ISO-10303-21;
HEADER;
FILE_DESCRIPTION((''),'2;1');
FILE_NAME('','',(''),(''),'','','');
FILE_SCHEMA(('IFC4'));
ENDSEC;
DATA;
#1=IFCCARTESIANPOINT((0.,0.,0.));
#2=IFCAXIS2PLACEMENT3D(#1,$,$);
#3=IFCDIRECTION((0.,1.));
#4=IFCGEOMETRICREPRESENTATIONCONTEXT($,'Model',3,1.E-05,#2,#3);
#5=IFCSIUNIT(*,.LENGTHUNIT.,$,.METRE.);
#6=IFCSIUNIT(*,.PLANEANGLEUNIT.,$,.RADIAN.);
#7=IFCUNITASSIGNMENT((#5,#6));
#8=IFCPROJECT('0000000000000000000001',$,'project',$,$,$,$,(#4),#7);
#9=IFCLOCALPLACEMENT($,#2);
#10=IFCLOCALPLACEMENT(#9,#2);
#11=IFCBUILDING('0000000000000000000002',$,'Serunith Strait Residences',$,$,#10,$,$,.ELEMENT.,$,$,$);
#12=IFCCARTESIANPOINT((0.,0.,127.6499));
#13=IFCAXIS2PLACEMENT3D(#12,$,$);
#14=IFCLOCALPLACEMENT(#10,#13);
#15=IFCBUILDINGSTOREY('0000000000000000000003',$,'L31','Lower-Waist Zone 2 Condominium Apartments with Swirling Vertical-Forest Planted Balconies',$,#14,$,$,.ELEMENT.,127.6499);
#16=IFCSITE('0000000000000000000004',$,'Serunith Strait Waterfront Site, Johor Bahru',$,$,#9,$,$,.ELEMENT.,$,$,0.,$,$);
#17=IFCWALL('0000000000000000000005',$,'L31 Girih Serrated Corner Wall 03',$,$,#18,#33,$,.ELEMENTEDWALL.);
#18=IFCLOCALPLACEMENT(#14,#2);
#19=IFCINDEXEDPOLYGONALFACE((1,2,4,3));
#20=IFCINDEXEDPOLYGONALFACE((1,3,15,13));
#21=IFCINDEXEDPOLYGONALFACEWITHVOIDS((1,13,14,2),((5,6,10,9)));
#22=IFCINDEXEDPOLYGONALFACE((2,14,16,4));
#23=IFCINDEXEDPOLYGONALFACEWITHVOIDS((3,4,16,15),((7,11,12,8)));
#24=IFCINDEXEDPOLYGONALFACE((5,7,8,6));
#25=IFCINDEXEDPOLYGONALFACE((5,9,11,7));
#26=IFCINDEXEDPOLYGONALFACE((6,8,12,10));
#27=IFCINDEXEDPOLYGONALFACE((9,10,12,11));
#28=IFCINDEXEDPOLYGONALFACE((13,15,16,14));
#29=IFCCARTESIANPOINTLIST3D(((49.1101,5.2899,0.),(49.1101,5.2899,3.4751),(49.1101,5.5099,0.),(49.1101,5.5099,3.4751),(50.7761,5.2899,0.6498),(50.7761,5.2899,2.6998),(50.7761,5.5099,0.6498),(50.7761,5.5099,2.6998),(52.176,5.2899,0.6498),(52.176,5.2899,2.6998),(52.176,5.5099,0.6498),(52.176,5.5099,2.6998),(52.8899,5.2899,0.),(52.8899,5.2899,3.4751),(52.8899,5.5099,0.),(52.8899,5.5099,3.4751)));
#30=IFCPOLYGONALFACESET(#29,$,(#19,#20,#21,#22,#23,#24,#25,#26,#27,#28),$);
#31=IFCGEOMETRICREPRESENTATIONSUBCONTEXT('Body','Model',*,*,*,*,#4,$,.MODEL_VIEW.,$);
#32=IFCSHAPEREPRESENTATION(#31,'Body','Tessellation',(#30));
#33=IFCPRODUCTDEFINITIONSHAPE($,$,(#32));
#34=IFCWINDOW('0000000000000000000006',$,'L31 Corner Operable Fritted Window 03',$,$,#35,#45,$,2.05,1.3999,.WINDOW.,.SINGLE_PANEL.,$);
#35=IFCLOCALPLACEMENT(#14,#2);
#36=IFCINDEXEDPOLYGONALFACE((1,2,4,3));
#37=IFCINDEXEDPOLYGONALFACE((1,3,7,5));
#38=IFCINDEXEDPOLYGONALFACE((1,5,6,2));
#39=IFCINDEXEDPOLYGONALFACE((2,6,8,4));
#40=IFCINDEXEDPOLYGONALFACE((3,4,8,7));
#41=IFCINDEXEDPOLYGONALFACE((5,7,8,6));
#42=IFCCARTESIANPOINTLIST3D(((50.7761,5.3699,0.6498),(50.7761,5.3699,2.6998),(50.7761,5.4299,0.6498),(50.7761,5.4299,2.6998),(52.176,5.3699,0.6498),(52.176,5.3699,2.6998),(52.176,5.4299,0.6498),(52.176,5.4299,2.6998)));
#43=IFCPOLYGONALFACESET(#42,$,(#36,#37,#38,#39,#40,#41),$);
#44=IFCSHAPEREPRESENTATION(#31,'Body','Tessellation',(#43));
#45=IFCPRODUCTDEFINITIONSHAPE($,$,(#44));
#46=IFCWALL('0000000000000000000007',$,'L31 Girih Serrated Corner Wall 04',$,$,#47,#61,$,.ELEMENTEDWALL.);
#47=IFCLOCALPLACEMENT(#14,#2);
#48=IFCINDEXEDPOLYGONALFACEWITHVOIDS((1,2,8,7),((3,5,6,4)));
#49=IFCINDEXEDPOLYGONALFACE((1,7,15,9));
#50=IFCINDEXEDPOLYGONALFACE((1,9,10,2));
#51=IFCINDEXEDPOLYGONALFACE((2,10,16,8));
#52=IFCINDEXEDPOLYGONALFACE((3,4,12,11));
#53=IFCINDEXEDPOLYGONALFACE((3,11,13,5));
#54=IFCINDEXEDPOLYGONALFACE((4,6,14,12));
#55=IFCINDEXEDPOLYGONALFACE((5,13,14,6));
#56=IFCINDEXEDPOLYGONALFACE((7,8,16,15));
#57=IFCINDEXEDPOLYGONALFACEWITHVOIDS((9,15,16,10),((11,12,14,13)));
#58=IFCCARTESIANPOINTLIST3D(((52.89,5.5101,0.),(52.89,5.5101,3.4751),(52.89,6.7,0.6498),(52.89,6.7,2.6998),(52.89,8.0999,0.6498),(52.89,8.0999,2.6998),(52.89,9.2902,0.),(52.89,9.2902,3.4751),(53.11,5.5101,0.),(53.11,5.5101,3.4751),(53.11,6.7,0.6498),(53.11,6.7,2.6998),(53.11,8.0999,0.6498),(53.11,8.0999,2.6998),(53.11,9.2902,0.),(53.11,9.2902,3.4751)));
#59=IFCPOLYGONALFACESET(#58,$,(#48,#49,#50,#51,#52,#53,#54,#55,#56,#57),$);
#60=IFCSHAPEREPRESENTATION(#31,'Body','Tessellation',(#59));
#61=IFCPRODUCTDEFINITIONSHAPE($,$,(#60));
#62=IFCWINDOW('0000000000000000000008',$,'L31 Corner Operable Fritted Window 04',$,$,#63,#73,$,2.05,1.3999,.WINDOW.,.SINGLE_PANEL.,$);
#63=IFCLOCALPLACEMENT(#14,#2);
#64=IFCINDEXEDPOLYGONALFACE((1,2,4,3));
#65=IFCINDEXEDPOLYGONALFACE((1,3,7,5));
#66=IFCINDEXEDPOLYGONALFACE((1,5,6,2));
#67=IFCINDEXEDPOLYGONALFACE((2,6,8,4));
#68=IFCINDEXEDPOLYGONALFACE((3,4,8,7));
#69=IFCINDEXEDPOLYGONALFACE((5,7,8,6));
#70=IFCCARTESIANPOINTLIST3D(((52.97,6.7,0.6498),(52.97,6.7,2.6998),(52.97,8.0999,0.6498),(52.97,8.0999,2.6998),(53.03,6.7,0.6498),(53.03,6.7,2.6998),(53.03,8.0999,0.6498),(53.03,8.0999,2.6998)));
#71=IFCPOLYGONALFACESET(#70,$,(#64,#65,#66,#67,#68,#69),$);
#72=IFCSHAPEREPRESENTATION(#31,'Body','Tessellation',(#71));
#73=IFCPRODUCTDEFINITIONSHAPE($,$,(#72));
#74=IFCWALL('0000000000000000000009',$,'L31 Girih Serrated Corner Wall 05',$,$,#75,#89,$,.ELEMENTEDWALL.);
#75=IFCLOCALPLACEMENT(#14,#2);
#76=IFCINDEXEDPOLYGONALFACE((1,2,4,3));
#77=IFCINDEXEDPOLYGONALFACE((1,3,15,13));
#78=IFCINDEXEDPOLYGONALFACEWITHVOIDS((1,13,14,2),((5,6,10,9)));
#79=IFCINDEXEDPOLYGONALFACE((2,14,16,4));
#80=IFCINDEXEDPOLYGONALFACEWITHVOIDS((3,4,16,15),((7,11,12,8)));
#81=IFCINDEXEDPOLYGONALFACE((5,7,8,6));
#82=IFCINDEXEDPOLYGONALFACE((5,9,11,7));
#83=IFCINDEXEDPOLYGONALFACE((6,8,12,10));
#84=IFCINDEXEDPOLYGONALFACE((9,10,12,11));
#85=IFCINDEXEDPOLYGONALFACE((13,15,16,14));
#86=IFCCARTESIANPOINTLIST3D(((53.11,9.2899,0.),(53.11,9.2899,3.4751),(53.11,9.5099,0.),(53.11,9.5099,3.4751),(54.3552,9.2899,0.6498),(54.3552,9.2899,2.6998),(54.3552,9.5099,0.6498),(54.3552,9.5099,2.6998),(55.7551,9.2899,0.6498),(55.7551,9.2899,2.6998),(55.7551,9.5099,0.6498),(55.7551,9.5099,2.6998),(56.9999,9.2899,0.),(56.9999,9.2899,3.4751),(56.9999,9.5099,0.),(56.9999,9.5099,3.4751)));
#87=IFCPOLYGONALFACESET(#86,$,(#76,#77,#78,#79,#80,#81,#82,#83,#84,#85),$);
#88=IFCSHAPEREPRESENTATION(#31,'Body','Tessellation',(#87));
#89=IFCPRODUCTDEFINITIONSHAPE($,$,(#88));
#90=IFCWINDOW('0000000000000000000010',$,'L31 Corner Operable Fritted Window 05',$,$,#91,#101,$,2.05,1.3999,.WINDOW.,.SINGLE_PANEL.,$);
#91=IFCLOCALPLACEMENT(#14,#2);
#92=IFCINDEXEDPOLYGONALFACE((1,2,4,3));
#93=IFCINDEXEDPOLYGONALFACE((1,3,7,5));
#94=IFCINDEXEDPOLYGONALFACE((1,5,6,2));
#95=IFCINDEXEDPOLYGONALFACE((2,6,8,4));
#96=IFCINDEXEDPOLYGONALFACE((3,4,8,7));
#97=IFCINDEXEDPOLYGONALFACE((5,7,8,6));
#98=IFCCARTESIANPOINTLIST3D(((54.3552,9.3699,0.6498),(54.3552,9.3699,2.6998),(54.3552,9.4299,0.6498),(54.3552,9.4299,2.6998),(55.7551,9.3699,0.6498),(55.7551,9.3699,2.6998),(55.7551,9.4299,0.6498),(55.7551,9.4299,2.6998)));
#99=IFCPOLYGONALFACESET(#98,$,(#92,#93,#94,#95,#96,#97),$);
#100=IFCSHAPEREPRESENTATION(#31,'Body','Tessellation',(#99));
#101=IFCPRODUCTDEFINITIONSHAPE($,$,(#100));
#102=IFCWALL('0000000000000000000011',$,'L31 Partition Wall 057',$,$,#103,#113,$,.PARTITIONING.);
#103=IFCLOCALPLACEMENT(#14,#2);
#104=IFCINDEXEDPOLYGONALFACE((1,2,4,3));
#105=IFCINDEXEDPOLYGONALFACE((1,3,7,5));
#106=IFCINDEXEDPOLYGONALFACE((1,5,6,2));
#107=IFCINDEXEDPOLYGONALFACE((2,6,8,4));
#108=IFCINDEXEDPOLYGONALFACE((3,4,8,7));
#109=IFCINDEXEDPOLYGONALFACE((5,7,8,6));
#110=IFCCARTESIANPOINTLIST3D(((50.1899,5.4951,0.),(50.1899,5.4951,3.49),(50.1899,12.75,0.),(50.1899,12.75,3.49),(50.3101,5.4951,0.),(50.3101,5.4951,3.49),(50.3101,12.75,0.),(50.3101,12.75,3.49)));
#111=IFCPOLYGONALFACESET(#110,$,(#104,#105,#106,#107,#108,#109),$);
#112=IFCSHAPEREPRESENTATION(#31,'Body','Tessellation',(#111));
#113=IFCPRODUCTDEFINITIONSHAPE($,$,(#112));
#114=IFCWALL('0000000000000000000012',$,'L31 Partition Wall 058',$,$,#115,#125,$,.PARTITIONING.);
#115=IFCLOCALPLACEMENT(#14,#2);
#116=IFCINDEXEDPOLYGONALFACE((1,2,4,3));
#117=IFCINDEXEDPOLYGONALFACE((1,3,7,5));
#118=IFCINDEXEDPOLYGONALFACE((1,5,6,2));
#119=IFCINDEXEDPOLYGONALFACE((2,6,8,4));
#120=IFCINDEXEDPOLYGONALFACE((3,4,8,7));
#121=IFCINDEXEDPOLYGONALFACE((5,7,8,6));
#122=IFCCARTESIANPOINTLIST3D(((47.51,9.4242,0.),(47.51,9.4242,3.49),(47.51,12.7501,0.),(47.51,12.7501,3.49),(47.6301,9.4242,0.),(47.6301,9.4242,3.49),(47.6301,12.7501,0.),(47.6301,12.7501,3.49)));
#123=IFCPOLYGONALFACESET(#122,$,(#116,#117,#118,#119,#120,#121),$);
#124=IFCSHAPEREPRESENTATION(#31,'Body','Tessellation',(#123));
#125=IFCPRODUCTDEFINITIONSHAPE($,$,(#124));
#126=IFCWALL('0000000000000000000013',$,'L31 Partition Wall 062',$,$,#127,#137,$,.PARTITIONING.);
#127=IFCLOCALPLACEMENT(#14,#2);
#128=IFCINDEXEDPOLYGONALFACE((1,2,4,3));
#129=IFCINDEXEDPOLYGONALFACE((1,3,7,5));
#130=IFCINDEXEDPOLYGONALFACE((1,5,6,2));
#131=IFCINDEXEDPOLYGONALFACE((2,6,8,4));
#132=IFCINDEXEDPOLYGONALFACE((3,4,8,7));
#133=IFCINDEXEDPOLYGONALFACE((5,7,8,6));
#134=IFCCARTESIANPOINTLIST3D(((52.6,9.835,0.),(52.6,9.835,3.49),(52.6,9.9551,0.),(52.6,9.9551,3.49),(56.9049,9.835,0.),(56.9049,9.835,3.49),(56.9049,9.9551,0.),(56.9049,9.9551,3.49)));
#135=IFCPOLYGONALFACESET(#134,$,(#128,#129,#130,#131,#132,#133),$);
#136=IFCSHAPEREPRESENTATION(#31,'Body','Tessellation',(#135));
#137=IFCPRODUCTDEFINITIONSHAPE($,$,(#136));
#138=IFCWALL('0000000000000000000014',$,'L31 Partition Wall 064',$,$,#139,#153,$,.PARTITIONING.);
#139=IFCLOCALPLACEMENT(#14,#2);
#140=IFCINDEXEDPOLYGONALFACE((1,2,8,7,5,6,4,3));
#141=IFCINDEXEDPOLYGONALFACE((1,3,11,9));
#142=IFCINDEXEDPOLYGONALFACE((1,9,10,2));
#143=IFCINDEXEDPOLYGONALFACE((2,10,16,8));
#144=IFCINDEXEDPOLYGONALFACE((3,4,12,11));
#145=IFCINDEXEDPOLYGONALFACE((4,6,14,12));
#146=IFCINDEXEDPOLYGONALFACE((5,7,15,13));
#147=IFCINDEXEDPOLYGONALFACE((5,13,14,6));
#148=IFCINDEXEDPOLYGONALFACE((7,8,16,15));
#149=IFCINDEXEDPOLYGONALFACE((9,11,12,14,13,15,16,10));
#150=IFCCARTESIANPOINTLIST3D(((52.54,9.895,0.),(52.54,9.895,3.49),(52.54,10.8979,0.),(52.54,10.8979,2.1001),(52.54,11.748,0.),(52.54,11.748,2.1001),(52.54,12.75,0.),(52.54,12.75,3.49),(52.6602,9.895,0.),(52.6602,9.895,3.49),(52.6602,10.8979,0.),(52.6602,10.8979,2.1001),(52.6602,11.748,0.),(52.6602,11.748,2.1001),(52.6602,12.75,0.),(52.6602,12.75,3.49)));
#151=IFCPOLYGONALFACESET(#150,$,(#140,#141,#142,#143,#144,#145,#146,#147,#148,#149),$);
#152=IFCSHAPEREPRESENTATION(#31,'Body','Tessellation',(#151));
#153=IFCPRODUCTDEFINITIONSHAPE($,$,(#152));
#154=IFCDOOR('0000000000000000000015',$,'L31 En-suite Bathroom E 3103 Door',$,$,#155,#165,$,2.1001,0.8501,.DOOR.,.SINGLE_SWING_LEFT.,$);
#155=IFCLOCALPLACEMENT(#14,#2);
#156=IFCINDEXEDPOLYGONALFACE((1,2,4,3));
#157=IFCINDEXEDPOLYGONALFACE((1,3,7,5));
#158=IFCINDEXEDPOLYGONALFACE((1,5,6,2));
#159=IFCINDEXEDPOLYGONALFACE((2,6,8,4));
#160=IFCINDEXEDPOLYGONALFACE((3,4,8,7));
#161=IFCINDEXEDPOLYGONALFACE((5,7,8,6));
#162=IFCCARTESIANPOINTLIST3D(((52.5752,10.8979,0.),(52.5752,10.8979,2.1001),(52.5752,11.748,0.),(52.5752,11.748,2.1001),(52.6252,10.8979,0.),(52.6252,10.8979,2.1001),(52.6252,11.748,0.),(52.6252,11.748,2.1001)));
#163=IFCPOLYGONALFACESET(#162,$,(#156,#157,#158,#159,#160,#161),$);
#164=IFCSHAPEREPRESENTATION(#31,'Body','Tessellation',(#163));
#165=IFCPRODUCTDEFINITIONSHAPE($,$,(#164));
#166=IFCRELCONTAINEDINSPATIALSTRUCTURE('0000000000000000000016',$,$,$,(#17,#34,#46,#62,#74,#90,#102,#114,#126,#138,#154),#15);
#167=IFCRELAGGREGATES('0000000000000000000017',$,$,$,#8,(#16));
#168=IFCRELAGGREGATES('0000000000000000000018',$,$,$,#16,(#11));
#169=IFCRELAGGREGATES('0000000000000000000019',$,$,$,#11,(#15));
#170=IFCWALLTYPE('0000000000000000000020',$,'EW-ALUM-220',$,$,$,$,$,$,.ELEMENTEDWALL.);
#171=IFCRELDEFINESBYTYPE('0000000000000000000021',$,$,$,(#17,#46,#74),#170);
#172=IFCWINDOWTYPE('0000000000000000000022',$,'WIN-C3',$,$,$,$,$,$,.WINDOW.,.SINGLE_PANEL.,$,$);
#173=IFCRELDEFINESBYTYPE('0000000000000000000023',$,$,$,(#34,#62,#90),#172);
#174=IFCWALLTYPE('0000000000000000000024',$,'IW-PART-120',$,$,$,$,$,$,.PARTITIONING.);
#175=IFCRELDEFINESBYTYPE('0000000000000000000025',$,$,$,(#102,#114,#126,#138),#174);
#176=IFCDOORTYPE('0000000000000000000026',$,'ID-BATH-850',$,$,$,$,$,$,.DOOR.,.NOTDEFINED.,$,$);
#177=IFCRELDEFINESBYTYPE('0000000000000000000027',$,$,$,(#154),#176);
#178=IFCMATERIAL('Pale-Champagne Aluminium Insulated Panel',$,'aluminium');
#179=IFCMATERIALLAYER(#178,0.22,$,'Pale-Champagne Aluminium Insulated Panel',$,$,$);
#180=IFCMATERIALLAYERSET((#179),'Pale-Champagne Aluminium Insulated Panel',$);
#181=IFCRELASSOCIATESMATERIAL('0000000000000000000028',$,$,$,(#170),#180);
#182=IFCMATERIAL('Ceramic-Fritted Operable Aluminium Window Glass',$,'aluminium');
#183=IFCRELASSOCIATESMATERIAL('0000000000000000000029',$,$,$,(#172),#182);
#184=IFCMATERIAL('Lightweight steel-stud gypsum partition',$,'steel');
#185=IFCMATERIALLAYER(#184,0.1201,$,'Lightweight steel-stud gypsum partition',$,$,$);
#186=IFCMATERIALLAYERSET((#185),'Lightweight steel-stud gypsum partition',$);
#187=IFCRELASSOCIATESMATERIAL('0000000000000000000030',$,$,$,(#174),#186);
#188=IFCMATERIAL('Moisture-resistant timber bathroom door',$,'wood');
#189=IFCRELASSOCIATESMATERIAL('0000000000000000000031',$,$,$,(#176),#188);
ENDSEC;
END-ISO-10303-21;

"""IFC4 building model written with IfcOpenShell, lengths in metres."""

from ifc_helpers import new_model, si_unit, direction, frame, frame_2d, origin, place, context, subcontext, project, spatial, rectangle, extrude, source, transform, mapped, material, layer, layer_set, type_object, element, fill, save


model = new_model("IFC4")

# Units and contexts
model_context = context("Model", 3, precision=1e-05, world=origin(), true_north=direction((0.0, 1.0)))
body_context = subcontext(model_context, "Body", "Model", "MODEL_VIEW")
ifc_project = project(units=[si_unit("LENGTHUNIT", "METRE"), si_unit("PLANEANGLEUNIT", "RADIAN")], contexts=[model_context])

# Site, building, storey
site_placement = place(None, origin())
site = spatial("IfcSite", under=ifc_project, at=site_placement, Name="Serunith Strait Waterfront Site, Johor Bahru", CompositionType="ELEMENT", RefElevation=0.0)
building_placement = place(site_placement, origin())
building = spatial("IfcBuilding", under=site, at=building_placement, Name="Serunith Strait Residences", CompositionType="ELEMENT")
storey_placement = place(building_placement, frame((0.0, 0.0, 127.6499)))
storey = spatial("IfcBuildingStorey", under=building, at=storey_placement, Name="L31", Description="Lower-Waist Zone 2 Condominium Apartments with Swirling Vertical-Forest Planted Balconies", CompositionType="ELEMENT", Elevation=127.6499)

# Walls, openings, windows
ifc_material_1 = material(Name="Pale-Champagne Aluminium Insulated Panel", Category="aluminium")
ifc_layer_1 = layer(ifc_material_1, 0.22, Name="Pale-Champagne Aluminium Insulated Panel")
ifc_layer_set_1 = layer_set([ifc_layer_1], Name="Pale-Champagne Aluminium Insulated Panel")
wall_type_1 = type_object("IfcWallType", Name="EW-ALUM-220", PredefinedType="ELEMENTEDWALL", material=ifc_layer_set_1)
ifc_material_2 = material(Name="Ceramic-Fritted Operable Aluminium Window Glass", Category="aluminium")
window_type = type_object("IfcWindowType", Name="WIN-C3", PartitioningType="SINGLE_PANEL", PredefinedType="WINDOW", material=ifc_material_2)
shared_shape_1 = source(origin(), body_context, "Body", "SweptSolid", [
    extrude(rectangle(XDim=1.3999, YDim=2.05, at=frame_2d((0.7, 1.0249))), frame((0.0, 0.03, 0.0), z_axis=(0.0, -1.0, 0.0), x_axis=(1.0, 0.0, 0.0)), (0.0, 0.0, 1.0), 0.0601),
])
wall_1_placement = place(storey_placement, frame((49.1101, 5.3999, 0.0), z_axis=(0.0, 0.0, 1.0), x_axis=(1.0, 0.0, 0.0)))
wall_1 = element("IfcWall", 1, at=wall_1_placement, inside=storey, type_object=wall_type_1, Name="L31 Girih Serrated Corner Wall 03", PredefinedType="ELEMENTEDWALL", context=body_context, shape_type="SweptSolid", body=[
    extrude(rectangle(XDim=3.7798, YDim=0.22, at=frame_2d((1.8899, 0.0))), origin(), (0.0, 0.0, 1.0), 3.4751),
])
opening_1_placement = place(wall_1_placement, frame((1.666, 0.0, 0.6499)))
opening_1 = element("IfcOpeningElement", 2, at=opening_1_placement, cuts=wall_1, PredefinedType="OPENING", context=body_context, shape_type="SweptSolid", body=[
    extrude(rectangle(XDim=1.3999, YDim=2.05, at=frame_2d((0.7, 1.0249))), frame((0.0, 0.1201, 0.0), z_axis=(0.0, -1.0, 0.0), x_axis=(1.0, 0.0, 0.0)), (0.0, 0.0, 1.0), 0.24),
])
window_1_placement = place(opening_1_placement, origin())
window_1 = element("IfcWindow", 3, at=window_1_placement, inside=storey, type_object=window_type, Name="L31 Corner Operable Fritted Window 03", OverallHeight=2.05, OverallWidth=1.3999, PartitioningType="SINGLE_PANEL", PredefinedType="WINDOW", context=body_context, shape_type="MappedRepresentation", body=[
    mapped(shared_shape_1, transform((0.0, 0.0, 0.0), scale=1.0)),
])
fill(opening_1, window_1)
wall_2_placement = place(storey_placement, frame((53.0, 5.51, 0.0), z_axis=(0.0, 0.0, 1.0), x_axis=(0.0, 1.0, 0.0)))
wall_2 = element("IfcWall", 4, at=wall_2_placement, inside=storey, type_object=wall_type_1, Name="L31 Girih Serrated Corner Wall 04", PredefinedType="ELEMENTEDWALL", context=body_context, shape_type="SweptSolid", body=[
    extrude(rectangle(XDim=3.78, YDim=0.22, at=frame_2d((1.8901, 0.0))), origin(), (0.0, 0.0, 1.0), 3.4751),
])
opening_2_placement = place(wall_2_placement, frame((1.1899, 0.0, 0.6499)))
opening_2 = element("IfcOpeningElement", 5, at=opening_2_placement, cuts=wall_2, PredefinedType="OPENING", context=body_context, shape_type="SweptSolid", body=[
    extrude(rectangle(XDim=1.3999, YDim=2.05, at=frame_2d((0.7, 1.0249))), frame((0.0, 0.1201, 0.0), z_axis=(0.0, -1.0, 0.0), x_axis=(1.0, 0.0, 0.0)), (0.0, 0.0, 1.0), 0.24),
])
window_2_placement = place(opening_2_placement, origin())
window_2 = element("IfcWindow", 6, at=window_2_placement, inside=storey, type_object=window_type, Name="L31 Corner Operable Fritted Window 04", OverallHeight=2.05, OverallWidth=1.3999, PartitioningType="SINGLE_PANEL", PredefinedType="WINDOW", context=body_context, shape_type="MappedRepresentation", body=[
    mapped(shared_shape_1, transform((0.0, 0.0, 0.0), scale=1.0)),
])
fill(opening_2, window_2)
wall_3_placement = place(storey_placement, frame((53.1101, 9.3999, 0.0), z_axis=(0.0, 0.0, 1.0), x_axis=(1.0, 0.0, 0.0)))
wall_3 = element("IfcWall", 7, at=wall_3_placement, inside=storey, type_object=wall_type_1, Name="L31 Girih Serrated Corner Wall 05", PredefinedType="ELEMENTEDWALL", context=body_context, shape_type="SweptSolid", body=[
    extrude(rectangle(XDim=3.8899, YDim=0.22, at=frame_2d((1.9448, 0.0))), origin(), (0.0, 0.0, 1.0), 3.4751),
])
opening_3_placement = place(wall_3_placement, frame((1.2451, 0.0, 0.6499)))
opening_3 = element("IfcOpeningElement", 8, at=opening_3_placement, cuts=wall_3, PredefinedType="OPENING", context=body_context, shape_type="SweptSolid", body=[
    extrude(rectangle(XDim=1.3999, YDim=2.05, at=frame_2d((0.7, 1.0249))), frame((0.0, 0.1201, 0.0), z_axis=(0.0, -1.0, 0.0), x_axis=(1.0, 0.0, 0.0)), (0.0, 0.0, 1.0), 0.24),
])
window_3_placement = place(opening_3_placement, origin())
window_3 = element("IfcWindow", 9, at=window_3_placement, inside=storey, type_object=window_type, Name="L31 Corner Operable Fritted Window 05", OverallHeight=2.05, OverallWidth=1.3999, PartitioningType="SINGLE_PANEL", PredefinedType="WINDOW", context=body_context, shape_type="MappedRepresentation", body=[
    mapped(shared_shape_1, transform((0.0, 0.0, 0.0), scale=1.0)),
])
fill(opening_3, window_3)

# Walls
ifc_material_3 = material(Name="Lightweight steel-stud gypsum partition", Category="steel")
ifc_layer_2 = layer(ifc_material_3, 0.1201, Name="Lightweight steel-stud gypsum partition")
ifc_layer_set_2 = layer_set([ifc_layer_2], Name="Lightweight steel-stud gypsum partition")
wall_type_2 = type_object("IfcWallType", Name="IW-PART-120", PredefinedType="PARTITIONING", material=ifc_layer_set_2)
wall_4_placement = place(storey_placement, frame((50.25, 5.4951, 0.0), z_axis=(0.0, 0.0, 1.0), x_axis=(0.0, 1.0, 0.0)))
element("IfcWall", 10, at=wall_4_placement, inside=storey, type_object=wall_type_2, Name="L31 Partition Wall 057", PredefinedType="PARTITIONING", context=body_context, shape_type="SweptSolid", body=[
    extrude(rectangle(XDim=7.2549, YDim=0.1201, at=frame_2d((3.6274, 0.0))), origin(), (0.0, 0.0, 1.0), 3.49),
])
wall_5_placement = place(storey_placement, frame((47.5701, 9.4241, 0.0), z_axis=(0.0, 0.0, 1.0), x_axis=(0.0, 1.0, 0.0)))
element("IfcWall", 11, at=wall_5_placement, inside=storey, type_object=wall_type_2, Name="L31 Partition Wall 058", PredefinedType="PARTITIONING", context=body_context, shape_type="SweptSolid", body=[
    extrude(rectangle(XDim=3.3259, YDim=0.1201, at=frame_2d((1.6631, 0.0))), origin(), (0.0, 0.0, 1.0), 3.49),
])
wall_6_placement = place(storey_placement, frame((52.6001, 9.895, 0.0), z_axis=(0.0, 0.0, 1.0), x_axis=(1.0, 0.0, 0.0)))
element("IfcWall", 12, at=wall_6_placement, inside=storey, type_object=wall_type_2, Name="L31 Partition Wall 062", PredefinedType="PARTITIONING", context=body_context, shape_type="SweptSolid", body=[
    extrude(rectangle(XDim=4.3049, YDim=0.1201, at=frame_2d((2.1523, 0.0))), origin(), (0.0, 0.0, 1.0), 3.49),
])

# Wall, opening, door
wall_7_placement = place(storey_placement, frame((52.6001, 9.895, 0.0), z_axis=(0.0, 0.0, 1.0), x_axis=(0.0, 1.0, 0.0)))
wall_7 = element("IfcWall", 13, at=wall_7_placement, inside=storey, type_object=wall_type_2, Name="L31 Partition Wall 064", PredefinedType="PARTITIONING", context=body_context, shape_type="SweptSolid", body=[
    extrude(rectangle(XDim=2.855, YDim=0.1201, at=frame_2d((1.4275, 0.0))), origin(), (0.0, 0.0, 1.0), 3.49),
])
opening_4_placement = place(wall_7_placement, frame((1.0029, 0.0, 0.0)))
opening_4 = element("IfcOpeningElement", 14, at=opening_4_placement, cuts=wall_7, PredefinedType="OPENING", context=body_context, shape_type="SweptSolid", body=[
    extrude(rectangle(XDim=0.8501, YDim=2.1001, at=frame_2d((0.425, 1.05))), frame((0.0, 0.0701, 0.0), z_axis=(0.0, -1.0, 0.0), x_axis=(1.0, 0.0, 0.0)), (0.0, 0.0, 1.0), 0.1401),
])
ifc_material_4 = material(Name="Moisture-resistant timber bathroom door", Category="wood")
door_type = type_object("IfcDoorType", Name="ID-BATH-850", OperationType="NOTDEFINED", PredefinedType="DOOR", material=ifc_material_4)
shared_shape_2 = source(origin(), body_context, "Body", "SweptSolid", [
    extrude(rectangle(XDim=0.8501, YDim=2.1001, at=frame_2d((0.425, 1.05))), frame((0.0, 0.0249, 0.0), z_axis=(0.0, -1.0, 0.0), x_axis=(1.0, 0.0, 0.0)), (0.0, 0.0, 1.0), 0.05),
])
door_placement = place(opening_4_placement, origin())
door = element("IfcDoor", 15, at=door_placement, inside=storey, type_object=door_type, Name="L31 En-suite Bathroom E 3103 Door", OperationType="SINGLE_SWING_LEFT", OverallHeight=2.1001, OverallWidth=0.8501, PredefinedType="DOOR", context=body_context, shape_type="MappedRepresentation", body=[
    mapped(shared_shape_2, transform((0.0, 0.0, 0.0), scale=1.0)),
])
fill(opening_4, door)

save(model, "model.ifc")
